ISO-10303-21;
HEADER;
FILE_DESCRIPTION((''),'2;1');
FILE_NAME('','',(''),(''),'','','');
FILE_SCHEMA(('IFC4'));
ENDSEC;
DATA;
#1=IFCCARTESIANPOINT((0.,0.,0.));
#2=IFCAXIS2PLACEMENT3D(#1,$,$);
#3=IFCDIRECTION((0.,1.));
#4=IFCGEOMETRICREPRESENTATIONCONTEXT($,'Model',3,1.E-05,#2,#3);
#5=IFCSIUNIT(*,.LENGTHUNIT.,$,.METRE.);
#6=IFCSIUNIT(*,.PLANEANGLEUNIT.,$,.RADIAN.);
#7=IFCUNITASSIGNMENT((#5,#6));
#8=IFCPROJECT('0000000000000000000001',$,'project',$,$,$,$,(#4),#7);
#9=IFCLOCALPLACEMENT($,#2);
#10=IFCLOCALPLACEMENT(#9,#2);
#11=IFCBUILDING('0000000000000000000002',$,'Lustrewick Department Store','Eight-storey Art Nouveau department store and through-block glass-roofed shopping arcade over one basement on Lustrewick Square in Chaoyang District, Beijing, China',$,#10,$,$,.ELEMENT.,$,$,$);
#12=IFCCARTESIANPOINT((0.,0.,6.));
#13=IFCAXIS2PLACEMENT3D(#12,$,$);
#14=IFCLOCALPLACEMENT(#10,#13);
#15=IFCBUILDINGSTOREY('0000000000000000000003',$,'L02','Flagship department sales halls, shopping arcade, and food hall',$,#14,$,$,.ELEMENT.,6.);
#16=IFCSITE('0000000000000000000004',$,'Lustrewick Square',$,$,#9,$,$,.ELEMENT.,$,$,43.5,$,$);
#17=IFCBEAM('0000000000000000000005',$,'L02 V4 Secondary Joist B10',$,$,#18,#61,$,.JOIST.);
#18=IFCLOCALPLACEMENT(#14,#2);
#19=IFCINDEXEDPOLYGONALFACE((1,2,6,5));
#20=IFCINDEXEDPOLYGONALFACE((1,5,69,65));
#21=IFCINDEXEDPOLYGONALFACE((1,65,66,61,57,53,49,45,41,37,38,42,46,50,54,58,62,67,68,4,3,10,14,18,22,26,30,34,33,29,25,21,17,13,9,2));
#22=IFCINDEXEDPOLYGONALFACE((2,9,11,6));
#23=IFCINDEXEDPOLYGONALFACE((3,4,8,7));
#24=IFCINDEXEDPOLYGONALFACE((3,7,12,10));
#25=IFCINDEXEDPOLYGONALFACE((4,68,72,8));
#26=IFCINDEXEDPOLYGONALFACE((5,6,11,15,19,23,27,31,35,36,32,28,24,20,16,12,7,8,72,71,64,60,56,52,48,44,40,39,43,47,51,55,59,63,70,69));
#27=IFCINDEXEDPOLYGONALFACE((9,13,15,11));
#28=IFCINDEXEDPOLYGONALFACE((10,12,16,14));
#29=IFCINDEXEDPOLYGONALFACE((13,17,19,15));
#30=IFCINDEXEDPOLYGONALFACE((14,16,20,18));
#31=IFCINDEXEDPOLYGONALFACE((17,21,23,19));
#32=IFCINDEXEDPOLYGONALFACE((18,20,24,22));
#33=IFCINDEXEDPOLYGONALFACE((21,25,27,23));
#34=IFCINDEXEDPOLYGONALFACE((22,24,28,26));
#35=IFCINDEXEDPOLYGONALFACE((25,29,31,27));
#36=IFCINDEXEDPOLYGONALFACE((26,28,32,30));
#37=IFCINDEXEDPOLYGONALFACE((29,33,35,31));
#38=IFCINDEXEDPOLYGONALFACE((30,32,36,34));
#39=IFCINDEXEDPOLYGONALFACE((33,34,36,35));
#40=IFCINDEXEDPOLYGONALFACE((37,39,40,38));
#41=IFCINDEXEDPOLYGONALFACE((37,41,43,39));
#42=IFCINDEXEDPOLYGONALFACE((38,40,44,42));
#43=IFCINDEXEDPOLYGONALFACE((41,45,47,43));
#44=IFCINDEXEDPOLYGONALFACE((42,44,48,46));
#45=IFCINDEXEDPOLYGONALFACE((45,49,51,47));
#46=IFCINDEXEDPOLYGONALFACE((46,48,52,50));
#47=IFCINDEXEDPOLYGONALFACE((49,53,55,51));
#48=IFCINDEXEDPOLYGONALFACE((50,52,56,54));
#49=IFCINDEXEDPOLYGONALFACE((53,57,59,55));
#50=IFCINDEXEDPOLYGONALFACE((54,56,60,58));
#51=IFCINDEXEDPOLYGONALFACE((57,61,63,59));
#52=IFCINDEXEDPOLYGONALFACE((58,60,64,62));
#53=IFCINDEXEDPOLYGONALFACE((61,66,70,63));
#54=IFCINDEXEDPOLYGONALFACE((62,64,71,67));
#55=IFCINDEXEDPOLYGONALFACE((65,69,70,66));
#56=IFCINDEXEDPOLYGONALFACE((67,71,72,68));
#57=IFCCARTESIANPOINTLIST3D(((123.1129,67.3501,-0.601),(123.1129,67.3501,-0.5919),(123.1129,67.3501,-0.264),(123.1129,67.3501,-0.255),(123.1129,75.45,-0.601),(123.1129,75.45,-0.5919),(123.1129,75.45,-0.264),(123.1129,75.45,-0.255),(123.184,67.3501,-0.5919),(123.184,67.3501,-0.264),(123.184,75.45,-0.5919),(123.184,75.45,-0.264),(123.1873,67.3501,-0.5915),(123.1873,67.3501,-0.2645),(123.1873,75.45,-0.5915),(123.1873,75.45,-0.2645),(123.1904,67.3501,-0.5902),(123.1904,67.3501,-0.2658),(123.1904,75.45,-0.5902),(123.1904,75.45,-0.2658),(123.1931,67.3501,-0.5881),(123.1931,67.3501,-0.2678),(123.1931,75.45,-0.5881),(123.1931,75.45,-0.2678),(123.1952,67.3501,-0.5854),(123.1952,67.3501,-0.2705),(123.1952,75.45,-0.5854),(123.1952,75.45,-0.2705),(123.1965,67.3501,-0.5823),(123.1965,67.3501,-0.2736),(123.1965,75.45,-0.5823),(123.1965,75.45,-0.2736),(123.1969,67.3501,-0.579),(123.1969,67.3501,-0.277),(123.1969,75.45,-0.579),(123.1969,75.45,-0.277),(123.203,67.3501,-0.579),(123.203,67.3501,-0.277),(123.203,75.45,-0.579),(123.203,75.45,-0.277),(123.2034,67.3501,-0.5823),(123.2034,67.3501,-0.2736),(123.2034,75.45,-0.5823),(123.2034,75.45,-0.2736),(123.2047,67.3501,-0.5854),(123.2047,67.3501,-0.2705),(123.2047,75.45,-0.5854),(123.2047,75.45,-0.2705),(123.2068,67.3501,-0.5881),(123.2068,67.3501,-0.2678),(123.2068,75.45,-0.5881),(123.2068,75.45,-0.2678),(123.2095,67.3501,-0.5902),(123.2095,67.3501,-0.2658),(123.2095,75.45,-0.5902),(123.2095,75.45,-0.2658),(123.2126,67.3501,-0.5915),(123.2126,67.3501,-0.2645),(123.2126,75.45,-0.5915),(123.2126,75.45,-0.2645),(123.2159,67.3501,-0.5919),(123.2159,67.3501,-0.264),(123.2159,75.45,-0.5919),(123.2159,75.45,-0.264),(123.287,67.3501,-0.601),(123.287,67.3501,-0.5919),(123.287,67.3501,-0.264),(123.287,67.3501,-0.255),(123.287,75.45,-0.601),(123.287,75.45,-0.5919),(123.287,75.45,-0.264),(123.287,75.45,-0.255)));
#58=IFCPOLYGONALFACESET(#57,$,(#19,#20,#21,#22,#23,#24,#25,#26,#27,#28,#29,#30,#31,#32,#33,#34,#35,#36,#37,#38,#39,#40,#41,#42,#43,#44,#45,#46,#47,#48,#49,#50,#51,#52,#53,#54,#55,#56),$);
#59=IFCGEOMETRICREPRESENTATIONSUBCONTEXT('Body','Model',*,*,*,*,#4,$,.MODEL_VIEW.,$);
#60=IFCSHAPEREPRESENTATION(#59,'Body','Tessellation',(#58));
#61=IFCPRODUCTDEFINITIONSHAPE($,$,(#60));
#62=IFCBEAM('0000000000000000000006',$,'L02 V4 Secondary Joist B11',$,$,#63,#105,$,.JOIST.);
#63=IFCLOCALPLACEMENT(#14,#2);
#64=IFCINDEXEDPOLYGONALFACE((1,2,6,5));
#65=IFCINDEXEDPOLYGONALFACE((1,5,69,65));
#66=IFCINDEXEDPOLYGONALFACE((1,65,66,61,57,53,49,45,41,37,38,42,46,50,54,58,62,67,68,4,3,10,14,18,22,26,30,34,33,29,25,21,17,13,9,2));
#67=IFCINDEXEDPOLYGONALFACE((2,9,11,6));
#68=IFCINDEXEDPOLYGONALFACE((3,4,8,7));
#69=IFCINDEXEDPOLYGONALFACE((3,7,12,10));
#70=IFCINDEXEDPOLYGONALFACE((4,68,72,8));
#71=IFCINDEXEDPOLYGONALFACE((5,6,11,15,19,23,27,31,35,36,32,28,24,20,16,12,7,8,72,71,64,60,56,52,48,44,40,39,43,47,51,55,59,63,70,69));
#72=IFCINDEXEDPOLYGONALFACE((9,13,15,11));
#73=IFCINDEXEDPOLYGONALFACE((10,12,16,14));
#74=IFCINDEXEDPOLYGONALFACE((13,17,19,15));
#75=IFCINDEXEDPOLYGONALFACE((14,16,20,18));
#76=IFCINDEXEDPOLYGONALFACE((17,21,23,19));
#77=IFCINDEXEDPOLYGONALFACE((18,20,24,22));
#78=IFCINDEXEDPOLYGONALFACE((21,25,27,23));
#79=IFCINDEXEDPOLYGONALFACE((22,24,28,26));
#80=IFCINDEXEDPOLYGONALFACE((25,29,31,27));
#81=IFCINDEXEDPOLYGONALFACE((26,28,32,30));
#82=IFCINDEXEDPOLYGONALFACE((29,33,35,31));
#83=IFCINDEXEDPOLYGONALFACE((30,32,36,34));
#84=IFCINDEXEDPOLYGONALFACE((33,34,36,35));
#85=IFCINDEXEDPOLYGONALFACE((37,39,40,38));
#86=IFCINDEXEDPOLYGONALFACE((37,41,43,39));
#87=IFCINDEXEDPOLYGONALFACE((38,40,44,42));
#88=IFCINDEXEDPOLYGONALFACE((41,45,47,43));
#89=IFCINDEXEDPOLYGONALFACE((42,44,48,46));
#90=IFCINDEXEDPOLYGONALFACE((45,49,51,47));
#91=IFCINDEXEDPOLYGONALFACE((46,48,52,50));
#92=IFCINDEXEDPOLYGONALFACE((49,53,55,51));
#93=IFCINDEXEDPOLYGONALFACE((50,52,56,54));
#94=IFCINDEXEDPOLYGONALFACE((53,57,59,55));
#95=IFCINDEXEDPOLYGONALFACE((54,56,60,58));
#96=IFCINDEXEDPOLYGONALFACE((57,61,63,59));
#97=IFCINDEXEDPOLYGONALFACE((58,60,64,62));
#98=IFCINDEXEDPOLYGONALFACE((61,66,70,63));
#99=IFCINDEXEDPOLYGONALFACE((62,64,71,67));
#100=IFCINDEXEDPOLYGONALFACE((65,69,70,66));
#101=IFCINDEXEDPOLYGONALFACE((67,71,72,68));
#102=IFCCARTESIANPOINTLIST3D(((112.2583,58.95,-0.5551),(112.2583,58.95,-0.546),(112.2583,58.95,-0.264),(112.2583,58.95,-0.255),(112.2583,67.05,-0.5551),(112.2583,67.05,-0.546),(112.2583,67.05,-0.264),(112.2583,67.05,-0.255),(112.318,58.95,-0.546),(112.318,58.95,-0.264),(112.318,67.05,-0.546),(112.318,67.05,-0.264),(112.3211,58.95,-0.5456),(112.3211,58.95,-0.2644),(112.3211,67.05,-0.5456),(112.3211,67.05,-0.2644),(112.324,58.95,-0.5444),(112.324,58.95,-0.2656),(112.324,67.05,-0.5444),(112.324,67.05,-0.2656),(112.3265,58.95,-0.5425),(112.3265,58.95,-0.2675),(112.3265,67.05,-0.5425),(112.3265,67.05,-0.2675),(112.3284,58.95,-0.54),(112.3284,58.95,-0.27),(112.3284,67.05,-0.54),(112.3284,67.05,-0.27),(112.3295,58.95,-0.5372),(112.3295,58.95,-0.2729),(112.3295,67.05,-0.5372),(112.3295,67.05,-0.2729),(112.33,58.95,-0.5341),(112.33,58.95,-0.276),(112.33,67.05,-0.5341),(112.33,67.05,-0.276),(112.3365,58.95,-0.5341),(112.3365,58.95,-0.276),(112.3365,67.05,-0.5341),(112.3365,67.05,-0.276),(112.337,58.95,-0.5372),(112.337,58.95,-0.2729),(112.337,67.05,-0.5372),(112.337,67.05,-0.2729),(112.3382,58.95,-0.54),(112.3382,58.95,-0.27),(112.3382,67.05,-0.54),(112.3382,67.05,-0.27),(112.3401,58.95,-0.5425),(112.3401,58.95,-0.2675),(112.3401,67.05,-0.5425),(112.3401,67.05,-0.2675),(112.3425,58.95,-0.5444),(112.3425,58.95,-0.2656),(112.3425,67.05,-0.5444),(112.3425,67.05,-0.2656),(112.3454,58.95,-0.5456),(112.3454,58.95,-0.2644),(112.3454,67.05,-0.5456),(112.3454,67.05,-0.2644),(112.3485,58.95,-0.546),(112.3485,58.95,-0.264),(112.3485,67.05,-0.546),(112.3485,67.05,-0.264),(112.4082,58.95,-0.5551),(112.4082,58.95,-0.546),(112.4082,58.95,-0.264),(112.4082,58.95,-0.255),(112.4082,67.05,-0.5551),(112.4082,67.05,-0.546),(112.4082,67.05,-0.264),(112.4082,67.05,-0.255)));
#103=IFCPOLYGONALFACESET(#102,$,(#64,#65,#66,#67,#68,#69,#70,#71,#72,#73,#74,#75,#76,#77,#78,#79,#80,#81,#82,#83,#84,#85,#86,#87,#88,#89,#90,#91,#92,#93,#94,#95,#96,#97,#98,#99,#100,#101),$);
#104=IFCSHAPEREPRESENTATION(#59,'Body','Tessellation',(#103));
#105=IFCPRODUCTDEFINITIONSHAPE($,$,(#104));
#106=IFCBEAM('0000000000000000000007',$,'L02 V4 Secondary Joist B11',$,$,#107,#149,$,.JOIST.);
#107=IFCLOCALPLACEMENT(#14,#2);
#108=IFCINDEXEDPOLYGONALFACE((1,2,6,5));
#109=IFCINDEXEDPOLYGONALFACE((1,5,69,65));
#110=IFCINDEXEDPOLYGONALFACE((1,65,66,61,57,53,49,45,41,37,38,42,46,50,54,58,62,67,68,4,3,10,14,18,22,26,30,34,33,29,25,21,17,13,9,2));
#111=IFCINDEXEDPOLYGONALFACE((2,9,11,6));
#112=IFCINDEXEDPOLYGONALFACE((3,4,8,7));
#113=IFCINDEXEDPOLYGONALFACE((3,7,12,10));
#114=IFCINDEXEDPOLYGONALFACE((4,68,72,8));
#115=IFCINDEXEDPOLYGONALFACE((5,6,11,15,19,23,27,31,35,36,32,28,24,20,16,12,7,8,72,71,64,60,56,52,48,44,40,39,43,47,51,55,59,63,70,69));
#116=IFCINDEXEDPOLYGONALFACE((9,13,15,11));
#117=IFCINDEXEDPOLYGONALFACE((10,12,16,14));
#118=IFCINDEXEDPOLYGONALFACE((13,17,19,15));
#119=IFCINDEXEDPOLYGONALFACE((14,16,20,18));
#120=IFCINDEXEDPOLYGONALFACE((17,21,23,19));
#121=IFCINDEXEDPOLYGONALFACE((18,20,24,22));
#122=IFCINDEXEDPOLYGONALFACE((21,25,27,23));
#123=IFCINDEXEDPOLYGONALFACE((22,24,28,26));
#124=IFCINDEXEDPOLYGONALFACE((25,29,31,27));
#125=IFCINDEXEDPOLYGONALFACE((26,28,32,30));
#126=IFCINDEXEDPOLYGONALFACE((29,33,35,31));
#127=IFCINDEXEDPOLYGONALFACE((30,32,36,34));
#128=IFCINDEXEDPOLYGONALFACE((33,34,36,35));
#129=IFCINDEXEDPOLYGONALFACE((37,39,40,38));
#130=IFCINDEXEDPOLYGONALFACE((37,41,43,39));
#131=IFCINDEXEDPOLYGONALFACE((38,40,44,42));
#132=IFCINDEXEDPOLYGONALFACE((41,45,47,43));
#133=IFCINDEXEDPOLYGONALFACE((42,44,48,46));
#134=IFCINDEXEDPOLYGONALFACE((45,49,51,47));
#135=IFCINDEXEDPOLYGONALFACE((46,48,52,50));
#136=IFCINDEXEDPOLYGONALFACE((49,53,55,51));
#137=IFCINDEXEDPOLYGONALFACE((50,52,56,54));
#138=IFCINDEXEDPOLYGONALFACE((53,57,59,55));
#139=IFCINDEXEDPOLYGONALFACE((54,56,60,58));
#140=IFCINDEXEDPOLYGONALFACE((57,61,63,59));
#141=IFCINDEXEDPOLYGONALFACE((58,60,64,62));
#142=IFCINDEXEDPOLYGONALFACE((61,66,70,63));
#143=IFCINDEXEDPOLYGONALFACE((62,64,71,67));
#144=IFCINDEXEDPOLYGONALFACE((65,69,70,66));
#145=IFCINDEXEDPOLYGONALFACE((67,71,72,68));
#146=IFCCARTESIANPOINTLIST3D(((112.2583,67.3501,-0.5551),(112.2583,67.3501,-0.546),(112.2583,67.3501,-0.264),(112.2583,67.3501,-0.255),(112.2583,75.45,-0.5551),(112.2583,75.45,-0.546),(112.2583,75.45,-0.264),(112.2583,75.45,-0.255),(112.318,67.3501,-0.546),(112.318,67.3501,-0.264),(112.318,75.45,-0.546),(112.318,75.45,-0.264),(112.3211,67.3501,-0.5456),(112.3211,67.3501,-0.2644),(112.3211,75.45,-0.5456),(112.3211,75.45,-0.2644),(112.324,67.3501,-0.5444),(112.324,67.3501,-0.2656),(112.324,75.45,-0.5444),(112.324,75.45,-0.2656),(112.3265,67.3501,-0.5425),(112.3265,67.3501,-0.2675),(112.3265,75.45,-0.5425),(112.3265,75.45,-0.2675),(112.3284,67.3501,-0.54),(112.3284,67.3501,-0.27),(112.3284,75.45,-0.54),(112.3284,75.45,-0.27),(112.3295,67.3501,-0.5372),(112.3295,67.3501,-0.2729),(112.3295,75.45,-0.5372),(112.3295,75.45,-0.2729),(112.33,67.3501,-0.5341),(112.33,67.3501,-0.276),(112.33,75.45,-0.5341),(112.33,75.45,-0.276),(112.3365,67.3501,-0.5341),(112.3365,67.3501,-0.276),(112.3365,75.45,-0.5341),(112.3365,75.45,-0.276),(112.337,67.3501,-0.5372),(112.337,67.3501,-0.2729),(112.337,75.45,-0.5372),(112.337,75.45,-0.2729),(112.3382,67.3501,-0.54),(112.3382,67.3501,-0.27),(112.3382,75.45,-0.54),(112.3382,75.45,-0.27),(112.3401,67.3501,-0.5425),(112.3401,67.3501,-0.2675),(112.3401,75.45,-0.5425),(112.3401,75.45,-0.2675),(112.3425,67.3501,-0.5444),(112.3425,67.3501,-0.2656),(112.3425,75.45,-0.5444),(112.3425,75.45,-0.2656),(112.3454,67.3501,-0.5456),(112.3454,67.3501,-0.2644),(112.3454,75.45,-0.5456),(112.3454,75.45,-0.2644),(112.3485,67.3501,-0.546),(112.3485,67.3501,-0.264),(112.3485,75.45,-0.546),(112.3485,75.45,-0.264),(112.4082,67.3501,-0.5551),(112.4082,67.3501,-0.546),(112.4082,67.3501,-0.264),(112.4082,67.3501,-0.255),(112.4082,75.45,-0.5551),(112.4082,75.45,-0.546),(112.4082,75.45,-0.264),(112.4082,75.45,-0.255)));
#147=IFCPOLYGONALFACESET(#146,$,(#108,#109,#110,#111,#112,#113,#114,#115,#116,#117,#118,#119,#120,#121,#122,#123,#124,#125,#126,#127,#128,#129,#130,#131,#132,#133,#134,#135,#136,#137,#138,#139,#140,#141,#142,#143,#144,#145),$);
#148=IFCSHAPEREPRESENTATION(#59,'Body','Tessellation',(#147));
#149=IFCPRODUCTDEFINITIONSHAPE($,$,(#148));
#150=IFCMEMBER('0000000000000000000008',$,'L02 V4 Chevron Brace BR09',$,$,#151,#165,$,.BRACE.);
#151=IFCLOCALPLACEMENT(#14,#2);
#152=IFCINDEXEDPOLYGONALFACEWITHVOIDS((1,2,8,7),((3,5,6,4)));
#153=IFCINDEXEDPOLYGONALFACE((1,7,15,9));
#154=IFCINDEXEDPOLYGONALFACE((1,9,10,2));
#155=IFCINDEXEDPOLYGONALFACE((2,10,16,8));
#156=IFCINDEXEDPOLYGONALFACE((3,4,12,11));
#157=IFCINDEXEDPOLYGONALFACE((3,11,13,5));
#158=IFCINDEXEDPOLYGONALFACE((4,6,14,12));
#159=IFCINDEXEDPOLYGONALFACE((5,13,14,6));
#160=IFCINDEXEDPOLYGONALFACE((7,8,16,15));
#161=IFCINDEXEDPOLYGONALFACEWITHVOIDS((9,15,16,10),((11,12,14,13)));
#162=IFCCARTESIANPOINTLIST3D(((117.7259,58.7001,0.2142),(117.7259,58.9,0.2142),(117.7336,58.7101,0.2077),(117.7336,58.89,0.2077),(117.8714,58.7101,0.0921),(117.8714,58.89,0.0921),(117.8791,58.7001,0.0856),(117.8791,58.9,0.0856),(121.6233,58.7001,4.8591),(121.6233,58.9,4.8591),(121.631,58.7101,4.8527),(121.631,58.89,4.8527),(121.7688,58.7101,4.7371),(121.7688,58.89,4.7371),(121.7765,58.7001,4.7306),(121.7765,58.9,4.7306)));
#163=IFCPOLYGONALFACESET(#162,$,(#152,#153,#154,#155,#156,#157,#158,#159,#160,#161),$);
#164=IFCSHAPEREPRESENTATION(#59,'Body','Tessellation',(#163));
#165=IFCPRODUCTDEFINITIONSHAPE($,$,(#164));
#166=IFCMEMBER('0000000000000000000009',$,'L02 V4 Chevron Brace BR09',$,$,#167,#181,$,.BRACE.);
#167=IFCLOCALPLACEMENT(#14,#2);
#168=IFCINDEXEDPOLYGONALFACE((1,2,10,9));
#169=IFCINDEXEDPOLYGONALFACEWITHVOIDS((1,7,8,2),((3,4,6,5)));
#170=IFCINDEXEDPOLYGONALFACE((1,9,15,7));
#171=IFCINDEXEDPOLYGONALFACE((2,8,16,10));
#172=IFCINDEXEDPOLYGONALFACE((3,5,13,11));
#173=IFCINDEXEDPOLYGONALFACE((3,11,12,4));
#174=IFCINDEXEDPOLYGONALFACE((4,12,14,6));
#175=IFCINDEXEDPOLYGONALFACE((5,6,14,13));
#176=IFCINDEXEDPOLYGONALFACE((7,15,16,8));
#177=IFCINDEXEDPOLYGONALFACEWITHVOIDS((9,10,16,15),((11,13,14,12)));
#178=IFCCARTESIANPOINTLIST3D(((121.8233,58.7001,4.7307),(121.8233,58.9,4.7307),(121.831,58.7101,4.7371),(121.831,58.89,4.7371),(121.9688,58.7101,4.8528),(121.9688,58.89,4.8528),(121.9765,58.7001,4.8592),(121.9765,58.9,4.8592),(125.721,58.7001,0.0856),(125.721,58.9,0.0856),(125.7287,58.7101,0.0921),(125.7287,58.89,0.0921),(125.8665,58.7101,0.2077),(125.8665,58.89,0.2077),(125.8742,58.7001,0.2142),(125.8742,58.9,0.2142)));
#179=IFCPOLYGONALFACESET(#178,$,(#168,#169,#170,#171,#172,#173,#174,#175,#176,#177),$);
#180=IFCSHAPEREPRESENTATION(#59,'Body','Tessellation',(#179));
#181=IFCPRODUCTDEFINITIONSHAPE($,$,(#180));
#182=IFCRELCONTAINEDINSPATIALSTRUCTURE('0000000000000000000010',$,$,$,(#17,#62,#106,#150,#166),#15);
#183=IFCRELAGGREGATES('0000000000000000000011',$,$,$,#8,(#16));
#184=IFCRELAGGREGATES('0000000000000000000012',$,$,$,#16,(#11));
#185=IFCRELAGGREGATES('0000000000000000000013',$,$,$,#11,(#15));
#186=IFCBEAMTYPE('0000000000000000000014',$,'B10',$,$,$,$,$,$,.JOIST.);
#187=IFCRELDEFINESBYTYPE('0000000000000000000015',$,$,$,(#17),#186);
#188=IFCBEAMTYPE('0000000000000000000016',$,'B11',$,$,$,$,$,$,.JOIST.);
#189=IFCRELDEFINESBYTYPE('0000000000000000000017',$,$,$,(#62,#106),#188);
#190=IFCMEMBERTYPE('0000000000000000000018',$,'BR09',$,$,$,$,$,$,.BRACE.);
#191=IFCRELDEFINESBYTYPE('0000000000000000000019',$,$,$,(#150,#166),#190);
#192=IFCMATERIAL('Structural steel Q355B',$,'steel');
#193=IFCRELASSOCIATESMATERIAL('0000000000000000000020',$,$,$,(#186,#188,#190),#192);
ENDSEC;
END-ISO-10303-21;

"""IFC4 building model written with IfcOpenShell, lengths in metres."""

from ifc_helpers import new_model, si_unit, direction, frame, origin, origin_2d, place, context, subcontext, project, spatial, hollow_rectangle, i_section, extrude, material, material_profile, profile_set, type_object, element, save


model = new_model("IFC4")

# Units and contexts
model_context = context("Model", 3, precision=1e-05, world=origin(), true_north=direction((0.0, 1.0)))
body_context = subcontext(model_context, "Body", "Model", "MODEL_VIEW")
ifc_project = project(units=[si_unit("LENGTHUNIT", "METRE"), si_unit("PLANEANGLEUNIT", "RADIAN")], contexts=[model_context])

# Site, building, storey
site_placement = place(None, origin())
site = spatial("IfcSite", under=ifc_project, at=site_placement, Name="Lustrewick Square", CompositionType="ELEMENT", RefElevation=43.5)
building_placement = place(site_placement, origin())
building = spatial("IfcBuilding", under=site, at=building_placement, Name="Lustrewick Department Store", Description="Eight-storey Art Nouveau department store and through-block glass-roofed shopping arcade over one basement on Lustrewick Square in Chaoyang District, Beijing, China", CompositionType="ELEMENT")
storey_placement = place(building_placement, frame((0.0, 0.0, 6.0)))
storey = spatial("IfcBuildingStorey", under=building, at=storey_placement, Name="L02", Description="Flagship department sales halls, shopping arcade, and food hall", CompositionType="ELEMENT", Elevation=6.0)

# Beams
ifc_material_1 = material(Name="Structural steel Q355B", Category="steel")
ifc_material_profile_1 = material_profile(ifc_material_1, i_section(OverallWidth=0.1741, OverallDepth=0.3459, WebThickness=0.0061, FlangeThickness=0.009, FilletRadius=0.0129, at=origin_2d()), Name="HN 346x174x6x9")
ifc_profile_set_1 = profile_set([ifc_material_profile_1], Name="Structural steel Q355B")
beam_type_1 = type_object("IfcBeamType", Name="B10", PredefinedType="JOIST", material=ifc_profile_set_1)
beam_1_placement = place(storey_placement, frame((123.2, 67.3501, -0.428), z_axis=(0.0, 1.0, 0.0), x_axis=(-1.0, 0.0, 0.0)))
element("IfcBeam", 1, at=beam_1_placement, inside=storey, type_object=beam_type_1, Name="L02 V4 Secondary Joist B10", PredefinedType="JOIST", context=body_context, shape_type="SweptSolid", body=[
    extrude(i_section(OverallWidth=0.1741, OverallDepth=0.3459, WebThickness=0.0061, FlangeThickness=0.009, FilletRadius=0.0129, at=origin_2d()), origin(), (0.0, 0.0, 1.0), 8.0999),
])
ifc_material_profile_2 = material_profile(ifc_material_1, i_section(OverallWidth=0.1499, OverallDepth=0.3, WebThickness=0.0066, FlangeThickness=0.009, FilletRadius=0.012, at=origin_2d()), Name="HN 300x150x6.5x9")
ifc_profile_set_2 = profile_set([ifc_material_profile_2], Name="Structural steel Q355B")
beam_type_2 = type_object("IfcBeamType", Name="B11", PredefinedType="JOIST", material=ifc_profile_set_2)
beam_2_placement = place(storey_placement, frame((112.3333, 58.95, -0.405), z_axis=(0.0, 1.0, 0.0), x_axis=(-1.0, 0.0, 0.0)))
element("IfcBeam", 2, at=beam_2_placement, inside=storey, type_object=beam_type_2, Name="L02 V4 Secondary Joist B11", PredefinedType="JOIST", context=body_context, shape_type="SweptSolid", body=[
    extrude(i_section(OverallWidth=0.1499, OverallDepth=0.3, WebThickness=0.0066, FlangeThickness=0.009, FilletRadius=0.012, at=origin_2d()), origin(), (0.0, 0.0, 1.0), 8.1001),
])
beam_3_placement = place(storey_placement, frame((112.3333, 67.3501, -0.405), z_axis=(0.0, 1.0, 0.0), x_axis=(-1.0, 0.0, 0.0)))
element("IfcBeam", 3, at=beam_3_placement, inside=storey, type_object=beam_type_2, Name="L02 V4 Secondary Joist B11", PredefinedType="JOIST", context=body_context, shape_type="SweptSolid", body=[
    extrude(i_section(OverallWidth=0.1499, OverallDepth=0.3, WebThickness=0.0066, FlangeThickness=0.009, FilletRadius=0.012, at=origin_2d()), origin(), (0.0, 0.0, 1.0), 8.0999),
])

# Members
ifc_material_profile_3 = material_profile(ifc_material_1, hollow_rectangle(XDim=0.2, YDim=0.2, WallThickness=0.01, at=origin_2d()), Name="SHS 200x200x10")
ifc_profile_set_3 = profile_set([ifc_material_profile_3], Name="Structural steel Q355B")
member_type = type_object("IfcMemberType", Name="BR09", PredefinedType="BRACE", material=ifc_profile_set_3)
member_1_placement = place(storey_placement, frame((117.8025, 58.8, 0.1499), z_axis=(0.642771, 0.0, 0.766059), x_axis=(0.0, 1.0, 0.0)))
element("IfcMember", 4, at=member_1_placement, inside=storey, type_object=member_type, Name="L02 V4 Chevron Brace BR09", PredefinedType="BRACE", context=body_context, shape_type="SweptSolid", body=[
    extrude(hollow_rectangle(XDim=0.2, YDim=0.2, WallThickness=0.01, at=origin_2d()), origin(), (0.0, 0.0, 1.0), 6.0635),
])
member_2_placement = place(storey_placement, frame((125.7976, 58.8, 0.1499), z_axis=(-0.642794, 0.0, 0.766039), x_axis=(0.0, -1.0, 0.0)))
element("IfcMember", 5, at=member_2_placement, inside=storey, type_object=member_type, Name="L02 V4 Chevron Brace BR09", PredefinedType="BRACE", context=body_context, shape_type="SweptSolid", body=[
    extrude(hollow_rectangle(XDim=0.2, YDim=0.2, WallThickness=0.01, at=origin_2d()), origin(), (0.0, 0.0, 1.0), 6.0637),
])

save(model, "model.ifc")
